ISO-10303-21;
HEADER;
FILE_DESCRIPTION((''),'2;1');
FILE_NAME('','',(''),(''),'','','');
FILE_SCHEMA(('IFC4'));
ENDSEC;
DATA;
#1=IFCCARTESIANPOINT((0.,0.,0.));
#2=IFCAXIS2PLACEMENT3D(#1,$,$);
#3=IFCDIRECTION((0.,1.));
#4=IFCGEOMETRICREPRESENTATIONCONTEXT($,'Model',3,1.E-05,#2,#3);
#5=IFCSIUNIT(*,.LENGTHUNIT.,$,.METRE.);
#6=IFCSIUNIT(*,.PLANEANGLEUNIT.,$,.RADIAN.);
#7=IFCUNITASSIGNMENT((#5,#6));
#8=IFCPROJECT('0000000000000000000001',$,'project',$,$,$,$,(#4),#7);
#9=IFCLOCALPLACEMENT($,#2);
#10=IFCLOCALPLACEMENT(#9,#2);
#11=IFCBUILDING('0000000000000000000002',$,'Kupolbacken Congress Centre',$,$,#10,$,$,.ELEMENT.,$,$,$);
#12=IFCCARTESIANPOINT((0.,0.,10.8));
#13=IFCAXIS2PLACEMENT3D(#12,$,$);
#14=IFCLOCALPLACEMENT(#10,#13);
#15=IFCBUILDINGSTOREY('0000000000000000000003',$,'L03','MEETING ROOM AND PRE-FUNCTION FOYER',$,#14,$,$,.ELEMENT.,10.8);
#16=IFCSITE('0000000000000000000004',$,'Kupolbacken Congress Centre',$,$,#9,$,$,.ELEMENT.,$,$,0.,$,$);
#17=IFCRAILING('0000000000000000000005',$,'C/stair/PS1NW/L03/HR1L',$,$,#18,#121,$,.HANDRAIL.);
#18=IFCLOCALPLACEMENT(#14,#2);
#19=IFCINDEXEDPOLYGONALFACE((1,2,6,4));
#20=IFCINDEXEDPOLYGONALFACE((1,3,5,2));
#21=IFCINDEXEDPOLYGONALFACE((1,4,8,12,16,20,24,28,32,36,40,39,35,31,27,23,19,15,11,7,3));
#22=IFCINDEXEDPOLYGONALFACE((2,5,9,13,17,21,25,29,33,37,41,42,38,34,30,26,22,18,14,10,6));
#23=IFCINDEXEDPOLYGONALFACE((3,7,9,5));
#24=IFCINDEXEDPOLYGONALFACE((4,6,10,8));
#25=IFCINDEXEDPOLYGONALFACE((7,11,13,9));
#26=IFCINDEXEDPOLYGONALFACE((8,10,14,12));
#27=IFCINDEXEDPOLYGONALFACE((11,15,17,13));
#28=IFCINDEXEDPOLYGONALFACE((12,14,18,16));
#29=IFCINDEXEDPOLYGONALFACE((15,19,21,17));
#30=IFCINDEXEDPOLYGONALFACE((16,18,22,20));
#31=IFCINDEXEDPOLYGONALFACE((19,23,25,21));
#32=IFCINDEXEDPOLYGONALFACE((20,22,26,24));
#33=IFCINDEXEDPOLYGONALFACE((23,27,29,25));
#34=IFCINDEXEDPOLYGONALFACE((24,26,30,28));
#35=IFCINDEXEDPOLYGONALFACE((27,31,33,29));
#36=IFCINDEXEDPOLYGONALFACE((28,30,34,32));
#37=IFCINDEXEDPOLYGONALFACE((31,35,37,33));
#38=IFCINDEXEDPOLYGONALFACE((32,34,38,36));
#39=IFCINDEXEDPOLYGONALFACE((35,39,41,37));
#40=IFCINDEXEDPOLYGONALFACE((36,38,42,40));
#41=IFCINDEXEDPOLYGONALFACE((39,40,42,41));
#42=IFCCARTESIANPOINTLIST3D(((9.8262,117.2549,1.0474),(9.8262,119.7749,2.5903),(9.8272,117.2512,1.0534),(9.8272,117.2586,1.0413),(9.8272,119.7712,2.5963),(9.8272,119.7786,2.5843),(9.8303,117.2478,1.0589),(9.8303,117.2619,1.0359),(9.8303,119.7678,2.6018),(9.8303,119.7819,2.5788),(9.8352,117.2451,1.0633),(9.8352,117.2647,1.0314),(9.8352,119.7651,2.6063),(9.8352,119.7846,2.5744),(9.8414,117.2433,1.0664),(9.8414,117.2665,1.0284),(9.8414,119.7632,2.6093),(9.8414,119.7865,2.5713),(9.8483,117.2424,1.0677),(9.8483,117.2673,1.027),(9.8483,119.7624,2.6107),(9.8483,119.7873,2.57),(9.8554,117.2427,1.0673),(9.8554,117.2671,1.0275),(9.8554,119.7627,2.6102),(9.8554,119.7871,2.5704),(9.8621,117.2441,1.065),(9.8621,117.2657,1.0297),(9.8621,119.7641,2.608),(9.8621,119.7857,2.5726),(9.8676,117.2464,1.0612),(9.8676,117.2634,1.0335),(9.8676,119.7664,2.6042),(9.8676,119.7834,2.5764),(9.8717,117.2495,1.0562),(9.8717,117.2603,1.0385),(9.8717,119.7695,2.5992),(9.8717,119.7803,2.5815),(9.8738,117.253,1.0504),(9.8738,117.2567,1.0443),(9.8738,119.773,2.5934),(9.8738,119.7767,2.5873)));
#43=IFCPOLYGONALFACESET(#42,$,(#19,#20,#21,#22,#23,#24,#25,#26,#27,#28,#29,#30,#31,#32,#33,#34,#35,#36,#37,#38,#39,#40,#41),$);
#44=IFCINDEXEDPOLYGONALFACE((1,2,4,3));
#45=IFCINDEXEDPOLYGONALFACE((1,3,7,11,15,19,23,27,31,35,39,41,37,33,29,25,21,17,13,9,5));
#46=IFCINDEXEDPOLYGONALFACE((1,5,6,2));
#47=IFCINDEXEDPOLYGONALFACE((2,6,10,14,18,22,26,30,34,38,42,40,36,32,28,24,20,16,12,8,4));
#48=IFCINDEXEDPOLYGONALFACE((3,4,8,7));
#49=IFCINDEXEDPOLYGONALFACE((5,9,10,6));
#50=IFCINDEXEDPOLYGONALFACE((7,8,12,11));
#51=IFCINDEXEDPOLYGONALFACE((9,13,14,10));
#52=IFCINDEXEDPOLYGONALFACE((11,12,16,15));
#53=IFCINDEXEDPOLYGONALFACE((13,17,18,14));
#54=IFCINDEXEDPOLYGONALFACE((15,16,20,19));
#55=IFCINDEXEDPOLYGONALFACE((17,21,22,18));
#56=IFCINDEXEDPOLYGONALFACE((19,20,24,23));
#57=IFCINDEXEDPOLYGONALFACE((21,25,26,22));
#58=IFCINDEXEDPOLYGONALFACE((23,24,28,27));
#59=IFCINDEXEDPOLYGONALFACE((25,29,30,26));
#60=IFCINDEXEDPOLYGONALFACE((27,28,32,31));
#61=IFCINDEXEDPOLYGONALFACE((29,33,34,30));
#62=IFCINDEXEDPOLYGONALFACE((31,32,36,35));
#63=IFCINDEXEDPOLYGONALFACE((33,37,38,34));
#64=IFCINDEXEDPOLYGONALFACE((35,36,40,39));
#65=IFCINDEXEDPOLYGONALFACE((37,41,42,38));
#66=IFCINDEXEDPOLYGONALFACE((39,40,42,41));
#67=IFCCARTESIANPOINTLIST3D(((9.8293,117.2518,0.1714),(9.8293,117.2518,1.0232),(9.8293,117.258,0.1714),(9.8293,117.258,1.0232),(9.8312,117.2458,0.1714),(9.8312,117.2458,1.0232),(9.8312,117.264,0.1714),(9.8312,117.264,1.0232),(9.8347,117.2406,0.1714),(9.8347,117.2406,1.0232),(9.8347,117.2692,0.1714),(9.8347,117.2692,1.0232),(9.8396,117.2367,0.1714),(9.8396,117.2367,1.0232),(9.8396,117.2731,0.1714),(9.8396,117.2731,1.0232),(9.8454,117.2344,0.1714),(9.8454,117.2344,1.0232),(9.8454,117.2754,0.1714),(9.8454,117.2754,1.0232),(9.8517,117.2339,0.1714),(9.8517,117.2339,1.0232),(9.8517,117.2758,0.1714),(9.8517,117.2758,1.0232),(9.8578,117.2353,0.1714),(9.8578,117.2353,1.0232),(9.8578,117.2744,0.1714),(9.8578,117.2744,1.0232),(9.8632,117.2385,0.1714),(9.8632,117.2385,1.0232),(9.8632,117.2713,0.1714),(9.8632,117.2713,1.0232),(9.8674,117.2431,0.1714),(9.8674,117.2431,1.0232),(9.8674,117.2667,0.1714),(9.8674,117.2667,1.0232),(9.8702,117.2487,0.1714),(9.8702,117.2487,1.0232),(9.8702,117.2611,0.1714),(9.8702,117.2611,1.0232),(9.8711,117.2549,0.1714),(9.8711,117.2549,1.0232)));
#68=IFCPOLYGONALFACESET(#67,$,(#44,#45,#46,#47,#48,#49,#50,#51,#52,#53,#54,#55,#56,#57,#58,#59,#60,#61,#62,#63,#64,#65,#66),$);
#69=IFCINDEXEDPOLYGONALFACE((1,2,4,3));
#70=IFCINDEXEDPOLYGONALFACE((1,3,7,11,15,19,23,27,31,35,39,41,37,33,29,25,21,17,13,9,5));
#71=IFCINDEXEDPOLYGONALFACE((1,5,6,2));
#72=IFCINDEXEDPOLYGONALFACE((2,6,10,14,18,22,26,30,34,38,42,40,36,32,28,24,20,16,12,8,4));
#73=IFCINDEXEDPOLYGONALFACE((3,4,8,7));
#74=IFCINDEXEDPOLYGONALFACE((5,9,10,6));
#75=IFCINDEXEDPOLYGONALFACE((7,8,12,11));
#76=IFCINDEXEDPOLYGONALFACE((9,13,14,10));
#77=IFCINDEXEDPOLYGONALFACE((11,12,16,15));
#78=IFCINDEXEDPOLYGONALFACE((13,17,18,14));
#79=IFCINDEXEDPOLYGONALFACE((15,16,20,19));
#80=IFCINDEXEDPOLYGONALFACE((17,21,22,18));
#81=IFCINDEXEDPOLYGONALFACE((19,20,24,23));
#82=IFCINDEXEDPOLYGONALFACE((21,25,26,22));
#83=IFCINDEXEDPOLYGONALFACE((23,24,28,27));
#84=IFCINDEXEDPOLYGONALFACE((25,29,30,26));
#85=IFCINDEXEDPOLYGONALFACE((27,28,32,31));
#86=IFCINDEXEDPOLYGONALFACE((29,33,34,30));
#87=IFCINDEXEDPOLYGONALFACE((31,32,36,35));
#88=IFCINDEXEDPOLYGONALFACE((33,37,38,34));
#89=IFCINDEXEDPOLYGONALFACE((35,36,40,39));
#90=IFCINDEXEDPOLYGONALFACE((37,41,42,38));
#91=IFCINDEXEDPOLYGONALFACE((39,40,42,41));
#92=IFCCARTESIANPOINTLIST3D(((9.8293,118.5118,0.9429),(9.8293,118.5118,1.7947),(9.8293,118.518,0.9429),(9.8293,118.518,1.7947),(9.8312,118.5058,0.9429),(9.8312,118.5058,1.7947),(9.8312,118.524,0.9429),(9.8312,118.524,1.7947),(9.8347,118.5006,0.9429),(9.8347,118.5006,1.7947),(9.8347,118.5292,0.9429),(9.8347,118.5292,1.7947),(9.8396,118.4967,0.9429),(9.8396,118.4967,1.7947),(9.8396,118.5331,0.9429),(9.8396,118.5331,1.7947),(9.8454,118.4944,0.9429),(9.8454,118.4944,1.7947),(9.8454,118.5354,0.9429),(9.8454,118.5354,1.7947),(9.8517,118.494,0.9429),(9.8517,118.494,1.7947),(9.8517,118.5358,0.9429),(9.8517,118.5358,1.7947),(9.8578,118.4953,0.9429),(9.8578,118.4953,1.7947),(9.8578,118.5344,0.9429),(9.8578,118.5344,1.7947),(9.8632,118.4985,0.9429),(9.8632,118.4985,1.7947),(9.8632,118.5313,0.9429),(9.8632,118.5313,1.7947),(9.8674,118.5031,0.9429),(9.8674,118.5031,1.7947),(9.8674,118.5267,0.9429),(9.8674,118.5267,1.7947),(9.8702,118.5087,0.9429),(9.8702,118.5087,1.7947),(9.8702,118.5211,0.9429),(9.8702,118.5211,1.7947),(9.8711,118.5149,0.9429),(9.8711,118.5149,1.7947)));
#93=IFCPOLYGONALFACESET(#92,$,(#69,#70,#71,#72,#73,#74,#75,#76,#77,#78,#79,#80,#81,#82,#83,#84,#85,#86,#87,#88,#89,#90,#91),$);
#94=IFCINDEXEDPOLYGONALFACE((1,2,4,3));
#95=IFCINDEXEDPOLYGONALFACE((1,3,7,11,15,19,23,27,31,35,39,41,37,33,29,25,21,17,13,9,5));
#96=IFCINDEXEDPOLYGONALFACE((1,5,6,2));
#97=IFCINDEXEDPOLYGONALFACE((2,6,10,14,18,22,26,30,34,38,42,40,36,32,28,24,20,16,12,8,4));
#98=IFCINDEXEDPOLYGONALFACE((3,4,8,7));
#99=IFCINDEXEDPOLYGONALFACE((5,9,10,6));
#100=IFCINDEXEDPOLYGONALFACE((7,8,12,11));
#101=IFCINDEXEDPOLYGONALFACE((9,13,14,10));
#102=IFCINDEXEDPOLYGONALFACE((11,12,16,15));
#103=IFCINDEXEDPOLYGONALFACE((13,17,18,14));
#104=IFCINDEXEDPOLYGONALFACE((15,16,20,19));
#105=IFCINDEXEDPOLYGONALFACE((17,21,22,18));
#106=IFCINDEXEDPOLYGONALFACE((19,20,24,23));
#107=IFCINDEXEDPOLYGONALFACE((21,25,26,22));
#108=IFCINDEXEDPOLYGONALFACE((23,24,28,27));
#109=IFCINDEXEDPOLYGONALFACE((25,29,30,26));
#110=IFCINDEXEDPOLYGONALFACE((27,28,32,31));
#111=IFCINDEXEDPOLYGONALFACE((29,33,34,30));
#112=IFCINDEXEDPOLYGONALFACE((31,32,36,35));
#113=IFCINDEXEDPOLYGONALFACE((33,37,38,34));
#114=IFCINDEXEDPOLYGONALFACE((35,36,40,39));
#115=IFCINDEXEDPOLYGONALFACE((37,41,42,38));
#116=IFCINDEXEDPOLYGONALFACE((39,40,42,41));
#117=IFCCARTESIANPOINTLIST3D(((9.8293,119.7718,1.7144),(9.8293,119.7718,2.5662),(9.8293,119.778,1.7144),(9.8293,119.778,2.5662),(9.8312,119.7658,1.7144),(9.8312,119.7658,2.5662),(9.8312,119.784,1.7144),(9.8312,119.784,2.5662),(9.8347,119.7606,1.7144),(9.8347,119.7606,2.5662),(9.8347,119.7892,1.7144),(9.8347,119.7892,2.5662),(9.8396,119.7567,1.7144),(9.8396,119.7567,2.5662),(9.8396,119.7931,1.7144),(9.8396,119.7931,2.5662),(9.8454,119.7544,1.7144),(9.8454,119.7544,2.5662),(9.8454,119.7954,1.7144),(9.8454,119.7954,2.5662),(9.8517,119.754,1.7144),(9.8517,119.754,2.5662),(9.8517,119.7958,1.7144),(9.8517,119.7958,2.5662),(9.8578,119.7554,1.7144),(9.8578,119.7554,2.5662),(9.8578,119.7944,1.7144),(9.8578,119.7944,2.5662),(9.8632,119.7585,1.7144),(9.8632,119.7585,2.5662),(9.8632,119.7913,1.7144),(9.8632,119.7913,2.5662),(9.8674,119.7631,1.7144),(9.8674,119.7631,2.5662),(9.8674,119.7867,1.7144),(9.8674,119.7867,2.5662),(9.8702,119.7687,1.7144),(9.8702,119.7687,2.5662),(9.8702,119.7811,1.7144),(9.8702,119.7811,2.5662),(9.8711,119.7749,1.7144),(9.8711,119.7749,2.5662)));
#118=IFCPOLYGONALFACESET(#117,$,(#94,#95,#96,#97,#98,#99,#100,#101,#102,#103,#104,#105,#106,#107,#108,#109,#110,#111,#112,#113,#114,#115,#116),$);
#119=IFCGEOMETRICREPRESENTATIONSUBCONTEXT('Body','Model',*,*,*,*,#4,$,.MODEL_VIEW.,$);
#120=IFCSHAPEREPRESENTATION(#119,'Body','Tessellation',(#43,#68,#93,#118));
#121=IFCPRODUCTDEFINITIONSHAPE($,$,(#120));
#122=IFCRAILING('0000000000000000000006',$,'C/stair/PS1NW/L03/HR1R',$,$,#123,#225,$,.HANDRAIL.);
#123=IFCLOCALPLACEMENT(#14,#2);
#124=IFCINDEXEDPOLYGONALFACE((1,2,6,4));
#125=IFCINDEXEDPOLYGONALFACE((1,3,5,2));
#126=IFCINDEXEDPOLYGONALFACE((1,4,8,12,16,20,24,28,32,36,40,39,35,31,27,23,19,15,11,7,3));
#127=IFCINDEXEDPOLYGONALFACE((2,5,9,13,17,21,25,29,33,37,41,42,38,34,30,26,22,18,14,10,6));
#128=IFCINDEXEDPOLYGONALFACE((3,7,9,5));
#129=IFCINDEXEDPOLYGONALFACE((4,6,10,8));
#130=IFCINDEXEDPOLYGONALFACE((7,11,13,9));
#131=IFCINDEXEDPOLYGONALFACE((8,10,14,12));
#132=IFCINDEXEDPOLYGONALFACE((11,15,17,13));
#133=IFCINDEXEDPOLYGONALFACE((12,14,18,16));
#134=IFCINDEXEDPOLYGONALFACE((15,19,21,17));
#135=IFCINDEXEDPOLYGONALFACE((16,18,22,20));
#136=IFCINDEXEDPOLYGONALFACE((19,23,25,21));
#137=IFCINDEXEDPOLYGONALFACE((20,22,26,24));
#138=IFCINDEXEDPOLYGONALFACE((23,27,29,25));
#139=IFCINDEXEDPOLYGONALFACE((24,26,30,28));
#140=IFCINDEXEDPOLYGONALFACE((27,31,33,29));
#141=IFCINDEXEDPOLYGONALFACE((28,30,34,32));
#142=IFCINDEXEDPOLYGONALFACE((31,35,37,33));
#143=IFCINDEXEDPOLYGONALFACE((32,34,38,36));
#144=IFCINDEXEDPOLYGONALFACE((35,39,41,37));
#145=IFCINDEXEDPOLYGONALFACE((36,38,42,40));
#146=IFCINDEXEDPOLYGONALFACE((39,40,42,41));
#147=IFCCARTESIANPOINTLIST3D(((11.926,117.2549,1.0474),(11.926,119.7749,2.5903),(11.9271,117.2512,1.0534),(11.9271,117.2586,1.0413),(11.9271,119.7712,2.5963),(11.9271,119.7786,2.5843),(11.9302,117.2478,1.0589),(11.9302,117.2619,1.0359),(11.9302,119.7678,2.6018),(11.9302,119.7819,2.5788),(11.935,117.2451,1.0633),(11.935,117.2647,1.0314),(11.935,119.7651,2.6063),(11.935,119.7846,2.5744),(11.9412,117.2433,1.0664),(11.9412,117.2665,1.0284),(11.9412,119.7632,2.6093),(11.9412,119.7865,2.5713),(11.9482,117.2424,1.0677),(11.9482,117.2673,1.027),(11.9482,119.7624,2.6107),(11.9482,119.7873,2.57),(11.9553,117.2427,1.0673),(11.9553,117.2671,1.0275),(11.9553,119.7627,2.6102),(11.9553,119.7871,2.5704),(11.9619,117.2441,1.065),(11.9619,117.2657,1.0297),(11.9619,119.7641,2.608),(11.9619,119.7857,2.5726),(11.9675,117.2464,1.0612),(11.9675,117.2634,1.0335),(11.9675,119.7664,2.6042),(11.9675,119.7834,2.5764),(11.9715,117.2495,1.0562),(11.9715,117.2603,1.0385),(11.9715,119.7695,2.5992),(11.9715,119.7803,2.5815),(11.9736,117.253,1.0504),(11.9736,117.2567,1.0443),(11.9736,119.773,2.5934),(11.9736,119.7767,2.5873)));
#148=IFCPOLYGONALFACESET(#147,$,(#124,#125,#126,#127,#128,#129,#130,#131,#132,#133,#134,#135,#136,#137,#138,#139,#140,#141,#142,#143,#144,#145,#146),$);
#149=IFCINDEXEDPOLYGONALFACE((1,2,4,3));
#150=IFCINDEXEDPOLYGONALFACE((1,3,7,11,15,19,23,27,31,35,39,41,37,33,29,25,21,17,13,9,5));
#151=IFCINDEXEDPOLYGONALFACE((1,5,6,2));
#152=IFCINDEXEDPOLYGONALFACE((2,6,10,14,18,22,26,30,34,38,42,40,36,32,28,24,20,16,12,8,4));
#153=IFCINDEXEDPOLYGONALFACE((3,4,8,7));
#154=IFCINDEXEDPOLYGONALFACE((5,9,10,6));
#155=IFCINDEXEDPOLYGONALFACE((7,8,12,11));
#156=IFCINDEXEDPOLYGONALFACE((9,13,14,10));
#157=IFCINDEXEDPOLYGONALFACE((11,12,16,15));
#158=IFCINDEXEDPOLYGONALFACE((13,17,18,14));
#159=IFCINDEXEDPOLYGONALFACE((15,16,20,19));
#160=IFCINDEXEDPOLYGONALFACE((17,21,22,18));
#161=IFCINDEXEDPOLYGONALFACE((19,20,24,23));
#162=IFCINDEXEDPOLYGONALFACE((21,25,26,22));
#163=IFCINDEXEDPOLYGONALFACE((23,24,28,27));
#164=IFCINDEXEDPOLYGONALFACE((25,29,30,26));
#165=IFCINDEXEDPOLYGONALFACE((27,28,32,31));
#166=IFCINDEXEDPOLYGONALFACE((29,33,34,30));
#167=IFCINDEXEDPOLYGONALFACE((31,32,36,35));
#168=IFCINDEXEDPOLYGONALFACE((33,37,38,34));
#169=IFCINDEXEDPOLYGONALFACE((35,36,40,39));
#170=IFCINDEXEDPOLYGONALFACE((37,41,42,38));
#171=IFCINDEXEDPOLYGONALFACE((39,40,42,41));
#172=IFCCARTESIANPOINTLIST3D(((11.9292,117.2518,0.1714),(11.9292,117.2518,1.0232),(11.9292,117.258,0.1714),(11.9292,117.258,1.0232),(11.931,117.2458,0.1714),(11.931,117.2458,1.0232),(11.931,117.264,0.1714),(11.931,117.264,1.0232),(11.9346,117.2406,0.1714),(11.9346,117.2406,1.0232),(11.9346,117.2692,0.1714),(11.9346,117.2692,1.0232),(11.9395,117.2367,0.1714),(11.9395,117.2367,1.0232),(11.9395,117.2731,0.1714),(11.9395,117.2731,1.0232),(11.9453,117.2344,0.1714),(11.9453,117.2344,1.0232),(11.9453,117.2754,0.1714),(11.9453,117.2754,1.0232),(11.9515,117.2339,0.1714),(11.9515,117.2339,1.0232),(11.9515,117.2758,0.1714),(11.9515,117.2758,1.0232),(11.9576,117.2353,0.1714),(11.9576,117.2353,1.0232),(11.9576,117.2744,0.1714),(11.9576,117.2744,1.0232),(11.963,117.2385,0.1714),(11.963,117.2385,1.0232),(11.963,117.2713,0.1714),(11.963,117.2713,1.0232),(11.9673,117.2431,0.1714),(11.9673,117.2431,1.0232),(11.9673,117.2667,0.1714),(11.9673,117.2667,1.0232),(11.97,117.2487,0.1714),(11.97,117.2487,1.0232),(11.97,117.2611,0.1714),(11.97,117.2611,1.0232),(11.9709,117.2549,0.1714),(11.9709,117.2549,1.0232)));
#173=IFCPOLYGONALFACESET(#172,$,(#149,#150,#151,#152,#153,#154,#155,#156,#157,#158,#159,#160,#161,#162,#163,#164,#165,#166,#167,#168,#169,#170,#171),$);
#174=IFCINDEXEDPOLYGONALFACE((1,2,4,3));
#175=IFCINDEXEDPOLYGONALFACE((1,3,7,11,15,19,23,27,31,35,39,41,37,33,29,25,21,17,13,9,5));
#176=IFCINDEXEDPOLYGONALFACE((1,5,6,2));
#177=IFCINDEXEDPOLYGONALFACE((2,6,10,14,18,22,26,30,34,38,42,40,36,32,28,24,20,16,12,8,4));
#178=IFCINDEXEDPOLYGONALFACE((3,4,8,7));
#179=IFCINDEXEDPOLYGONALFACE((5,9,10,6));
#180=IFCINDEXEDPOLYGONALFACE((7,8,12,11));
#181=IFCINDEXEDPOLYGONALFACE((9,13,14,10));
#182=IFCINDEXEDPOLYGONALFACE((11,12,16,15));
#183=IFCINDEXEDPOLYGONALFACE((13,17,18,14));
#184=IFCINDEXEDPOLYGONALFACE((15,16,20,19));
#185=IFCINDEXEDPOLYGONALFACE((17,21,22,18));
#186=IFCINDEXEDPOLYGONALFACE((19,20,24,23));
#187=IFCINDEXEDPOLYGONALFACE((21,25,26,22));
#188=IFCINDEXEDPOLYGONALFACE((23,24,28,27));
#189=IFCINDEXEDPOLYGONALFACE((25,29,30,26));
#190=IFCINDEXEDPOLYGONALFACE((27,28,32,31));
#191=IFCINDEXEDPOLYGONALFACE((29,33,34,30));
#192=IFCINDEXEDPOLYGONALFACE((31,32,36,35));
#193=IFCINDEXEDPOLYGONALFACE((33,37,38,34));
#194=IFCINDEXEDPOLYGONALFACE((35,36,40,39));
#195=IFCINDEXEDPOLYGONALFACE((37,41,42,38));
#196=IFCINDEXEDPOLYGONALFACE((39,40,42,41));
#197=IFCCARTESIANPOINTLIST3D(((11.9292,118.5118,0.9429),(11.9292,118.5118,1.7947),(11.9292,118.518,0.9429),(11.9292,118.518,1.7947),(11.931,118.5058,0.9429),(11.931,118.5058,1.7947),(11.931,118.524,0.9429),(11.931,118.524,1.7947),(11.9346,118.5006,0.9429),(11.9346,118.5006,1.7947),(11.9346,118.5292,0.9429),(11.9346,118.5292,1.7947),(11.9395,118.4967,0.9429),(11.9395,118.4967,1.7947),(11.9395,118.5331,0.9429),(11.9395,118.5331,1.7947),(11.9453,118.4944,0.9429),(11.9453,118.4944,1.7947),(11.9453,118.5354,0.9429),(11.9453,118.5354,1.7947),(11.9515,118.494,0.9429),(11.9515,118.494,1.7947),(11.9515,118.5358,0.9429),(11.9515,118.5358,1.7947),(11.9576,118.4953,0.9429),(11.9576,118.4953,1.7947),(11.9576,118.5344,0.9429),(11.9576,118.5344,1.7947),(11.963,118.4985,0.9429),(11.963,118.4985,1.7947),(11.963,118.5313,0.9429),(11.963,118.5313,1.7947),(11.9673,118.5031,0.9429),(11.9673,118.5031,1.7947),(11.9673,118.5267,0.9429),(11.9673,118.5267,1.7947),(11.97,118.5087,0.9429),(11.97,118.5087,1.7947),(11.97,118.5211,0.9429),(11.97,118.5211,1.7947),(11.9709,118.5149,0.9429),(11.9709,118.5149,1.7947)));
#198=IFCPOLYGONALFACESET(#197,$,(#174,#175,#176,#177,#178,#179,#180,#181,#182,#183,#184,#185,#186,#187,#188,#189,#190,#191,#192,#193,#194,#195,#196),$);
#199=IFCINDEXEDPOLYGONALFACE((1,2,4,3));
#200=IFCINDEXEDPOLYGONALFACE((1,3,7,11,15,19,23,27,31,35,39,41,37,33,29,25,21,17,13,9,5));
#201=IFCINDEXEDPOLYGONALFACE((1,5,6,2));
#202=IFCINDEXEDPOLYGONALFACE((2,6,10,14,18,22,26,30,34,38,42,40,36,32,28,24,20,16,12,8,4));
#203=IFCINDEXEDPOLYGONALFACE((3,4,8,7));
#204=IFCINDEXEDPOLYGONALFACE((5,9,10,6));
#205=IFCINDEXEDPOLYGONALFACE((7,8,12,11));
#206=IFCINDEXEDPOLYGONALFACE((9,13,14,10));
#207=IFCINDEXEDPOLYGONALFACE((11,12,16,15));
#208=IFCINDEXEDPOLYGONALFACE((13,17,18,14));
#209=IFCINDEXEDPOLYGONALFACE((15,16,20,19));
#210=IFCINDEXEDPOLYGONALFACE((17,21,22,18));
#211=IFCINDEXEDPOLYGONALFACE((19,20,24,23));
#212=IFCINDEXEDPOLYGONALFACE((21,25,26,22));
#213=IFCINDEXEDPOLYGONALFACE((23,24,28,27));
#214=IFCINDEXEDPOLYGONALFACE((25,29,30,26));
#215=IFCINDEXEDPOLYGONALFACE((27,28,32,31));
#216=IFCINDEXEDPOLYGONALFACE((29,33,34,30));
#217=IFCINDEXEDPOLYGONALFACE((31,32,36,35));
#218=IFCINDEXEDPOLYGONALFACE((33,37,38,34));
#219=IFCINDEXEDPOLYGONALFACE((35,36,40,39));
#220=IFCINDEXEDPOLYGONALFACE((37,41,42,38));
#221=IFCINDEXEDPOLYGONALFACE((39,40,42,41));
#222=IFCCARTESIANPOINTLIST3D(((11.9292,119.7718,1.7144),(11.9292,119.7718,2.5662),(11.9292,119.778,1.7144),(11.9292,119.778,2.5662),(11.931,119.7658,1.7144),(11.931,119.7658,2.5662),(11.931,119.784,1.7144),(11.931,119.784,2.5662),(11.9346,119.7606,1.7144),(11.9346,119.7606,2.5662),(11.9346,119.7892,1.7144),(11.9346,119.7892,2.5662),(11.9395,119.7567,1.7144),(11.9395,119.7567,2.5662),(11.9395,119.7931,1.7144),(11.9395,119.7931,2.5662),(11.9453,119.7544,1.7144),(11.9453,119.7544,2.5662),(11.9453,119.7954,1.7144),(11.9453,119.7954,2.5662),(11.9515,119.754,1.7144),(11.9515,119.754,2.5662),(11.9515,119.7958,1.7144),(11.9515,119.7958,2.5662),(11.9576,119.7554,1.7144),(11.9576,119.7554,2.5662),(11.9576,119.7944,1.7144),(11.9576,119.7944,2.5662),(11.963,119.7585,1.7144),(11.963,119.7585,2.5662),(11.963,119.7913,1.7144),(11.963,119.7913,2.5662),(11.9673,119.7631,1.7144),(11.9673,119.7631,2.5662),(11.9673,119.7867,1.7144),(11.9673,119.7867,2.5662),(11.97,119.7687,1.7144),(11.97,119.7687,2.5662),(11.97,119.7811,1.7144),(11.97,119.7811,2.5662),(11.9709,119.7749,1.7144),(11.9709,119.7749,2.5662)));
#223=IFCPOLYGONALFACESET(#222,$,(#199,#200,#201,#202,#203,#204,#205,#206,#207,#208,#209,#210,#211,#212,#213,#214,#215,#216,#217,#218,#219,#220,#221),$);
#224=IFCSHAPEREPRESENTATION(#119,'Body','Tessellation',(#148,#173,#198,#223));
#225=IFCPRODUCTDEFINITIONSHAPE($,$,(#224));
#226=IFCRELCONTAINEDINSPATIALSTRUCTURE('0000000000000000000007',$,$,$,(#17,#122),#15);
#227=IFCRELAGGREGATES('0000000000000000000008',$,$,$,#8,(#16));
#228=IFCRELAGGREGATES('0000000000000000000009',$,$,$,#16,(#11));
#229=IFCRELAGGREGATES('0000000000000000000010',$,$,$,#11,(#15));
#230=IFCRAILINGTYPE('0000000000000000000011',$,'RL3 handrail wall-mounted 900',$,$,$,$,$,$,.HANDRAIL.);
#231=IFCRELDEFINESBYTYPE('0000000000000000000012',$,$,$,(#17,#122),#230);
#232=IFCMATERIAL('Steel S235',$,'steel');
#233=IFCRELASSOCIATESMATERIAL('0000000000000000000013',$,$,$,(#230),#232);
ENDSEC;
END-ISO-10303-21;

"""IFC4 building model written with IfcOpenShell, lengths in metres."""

from ifc_helpers import new_model, si_unit, direction, frame, origin, origin_2d, place, context, subcontext, project, spatial, circle, extrude, material, type_object, element, save


model = new_model("IFC4")

# Units and contexts
model_context = context("Model", 3, precision=1e-05, world=origin(), true_north=direction((0.0, 1.0)))
body_context = subcontext(model_context, "Body", "Model", "MODEL_VIEW")
ifc_project = project(units=[si_unit("LENGTHUNIT", "METRE"), si_unit("PLANEANGLEUNIT", "RADIAN")], contexts=[model_context])

# Site, building, storey
site_placement = place(None, origin())
site = spatial("IfcSite", under=ifc_project, at=site_placement, Name="Kupolbacken Congress Centre", CompositionType="ELEMENT", RefElevation=0.0)
building_placement = place(site_placement, origin())
building = spatial("IfcBuilding", under=site, at=building_placement, Name="Kupolbacken Congress Centre", CompositionType="ELEMENT")
storey_placement = place(building_placement, frame((0.0, 0.0, 10.8)))
storey = spatial("IfcBuildingStorey", under=building, at=storey_placement, Name="L03", Description="MEETING ROOM AND PRE-FUNCTION FOYER", CompositionType="ELEMENT", Elevation=10.8)

# Railings
ifc_material_1 = material(Name="Steel S235", Category="steel")
railing_type = type_object("IfcRailingType", Name="RL3 handrail wall-mounted 900", PredefinedType="HANDRAIL", material=ifc_material_1)
for number, where, name in (
    (1, (9.8501, 117.2549, 0.1714), "C/stair/PS1NW/L03/HR1L"),
    (2, (11.95, 117.2549, 0.1714), "C/stair/PS1NW/L03/HR1R"),
):
    element("IfcRailing", number, at=place(storey_placement, frame(where)), inside=storey, type_object=railing_type, Name=name, PredefinedType="HANDRAIL", context=body_context, shape_type="SweptSolid", body=[
        extrude(circle(Radius=0.0239, at=origin_2d()), frame((0.0, 0.0, 0.876), z_axis=(0.0, 0.852836, 0.522178), x_axis=(-1.0, 0.0, 0.0)), (0.0, 0.0, 1.0), 2.9548),
        extrude(circle(Radius=0.021, at=origin_2d()), origin(), (0.0, 0.0, 1.0), 0.8518),
        extrude(circle(Radius=0.021, at=origin_2d()), frame((0.0, 1.26, 0.7715)), (0.0, 0.0, 1.0), 0.8518),
        extrude(circle(Radius=0.021, at=origin_2d()), frame((0.0, 2.52, 1.543)), (0.0, 0.0, 1.0), 0.8518),
    ])

save(model, "model.ifc")
